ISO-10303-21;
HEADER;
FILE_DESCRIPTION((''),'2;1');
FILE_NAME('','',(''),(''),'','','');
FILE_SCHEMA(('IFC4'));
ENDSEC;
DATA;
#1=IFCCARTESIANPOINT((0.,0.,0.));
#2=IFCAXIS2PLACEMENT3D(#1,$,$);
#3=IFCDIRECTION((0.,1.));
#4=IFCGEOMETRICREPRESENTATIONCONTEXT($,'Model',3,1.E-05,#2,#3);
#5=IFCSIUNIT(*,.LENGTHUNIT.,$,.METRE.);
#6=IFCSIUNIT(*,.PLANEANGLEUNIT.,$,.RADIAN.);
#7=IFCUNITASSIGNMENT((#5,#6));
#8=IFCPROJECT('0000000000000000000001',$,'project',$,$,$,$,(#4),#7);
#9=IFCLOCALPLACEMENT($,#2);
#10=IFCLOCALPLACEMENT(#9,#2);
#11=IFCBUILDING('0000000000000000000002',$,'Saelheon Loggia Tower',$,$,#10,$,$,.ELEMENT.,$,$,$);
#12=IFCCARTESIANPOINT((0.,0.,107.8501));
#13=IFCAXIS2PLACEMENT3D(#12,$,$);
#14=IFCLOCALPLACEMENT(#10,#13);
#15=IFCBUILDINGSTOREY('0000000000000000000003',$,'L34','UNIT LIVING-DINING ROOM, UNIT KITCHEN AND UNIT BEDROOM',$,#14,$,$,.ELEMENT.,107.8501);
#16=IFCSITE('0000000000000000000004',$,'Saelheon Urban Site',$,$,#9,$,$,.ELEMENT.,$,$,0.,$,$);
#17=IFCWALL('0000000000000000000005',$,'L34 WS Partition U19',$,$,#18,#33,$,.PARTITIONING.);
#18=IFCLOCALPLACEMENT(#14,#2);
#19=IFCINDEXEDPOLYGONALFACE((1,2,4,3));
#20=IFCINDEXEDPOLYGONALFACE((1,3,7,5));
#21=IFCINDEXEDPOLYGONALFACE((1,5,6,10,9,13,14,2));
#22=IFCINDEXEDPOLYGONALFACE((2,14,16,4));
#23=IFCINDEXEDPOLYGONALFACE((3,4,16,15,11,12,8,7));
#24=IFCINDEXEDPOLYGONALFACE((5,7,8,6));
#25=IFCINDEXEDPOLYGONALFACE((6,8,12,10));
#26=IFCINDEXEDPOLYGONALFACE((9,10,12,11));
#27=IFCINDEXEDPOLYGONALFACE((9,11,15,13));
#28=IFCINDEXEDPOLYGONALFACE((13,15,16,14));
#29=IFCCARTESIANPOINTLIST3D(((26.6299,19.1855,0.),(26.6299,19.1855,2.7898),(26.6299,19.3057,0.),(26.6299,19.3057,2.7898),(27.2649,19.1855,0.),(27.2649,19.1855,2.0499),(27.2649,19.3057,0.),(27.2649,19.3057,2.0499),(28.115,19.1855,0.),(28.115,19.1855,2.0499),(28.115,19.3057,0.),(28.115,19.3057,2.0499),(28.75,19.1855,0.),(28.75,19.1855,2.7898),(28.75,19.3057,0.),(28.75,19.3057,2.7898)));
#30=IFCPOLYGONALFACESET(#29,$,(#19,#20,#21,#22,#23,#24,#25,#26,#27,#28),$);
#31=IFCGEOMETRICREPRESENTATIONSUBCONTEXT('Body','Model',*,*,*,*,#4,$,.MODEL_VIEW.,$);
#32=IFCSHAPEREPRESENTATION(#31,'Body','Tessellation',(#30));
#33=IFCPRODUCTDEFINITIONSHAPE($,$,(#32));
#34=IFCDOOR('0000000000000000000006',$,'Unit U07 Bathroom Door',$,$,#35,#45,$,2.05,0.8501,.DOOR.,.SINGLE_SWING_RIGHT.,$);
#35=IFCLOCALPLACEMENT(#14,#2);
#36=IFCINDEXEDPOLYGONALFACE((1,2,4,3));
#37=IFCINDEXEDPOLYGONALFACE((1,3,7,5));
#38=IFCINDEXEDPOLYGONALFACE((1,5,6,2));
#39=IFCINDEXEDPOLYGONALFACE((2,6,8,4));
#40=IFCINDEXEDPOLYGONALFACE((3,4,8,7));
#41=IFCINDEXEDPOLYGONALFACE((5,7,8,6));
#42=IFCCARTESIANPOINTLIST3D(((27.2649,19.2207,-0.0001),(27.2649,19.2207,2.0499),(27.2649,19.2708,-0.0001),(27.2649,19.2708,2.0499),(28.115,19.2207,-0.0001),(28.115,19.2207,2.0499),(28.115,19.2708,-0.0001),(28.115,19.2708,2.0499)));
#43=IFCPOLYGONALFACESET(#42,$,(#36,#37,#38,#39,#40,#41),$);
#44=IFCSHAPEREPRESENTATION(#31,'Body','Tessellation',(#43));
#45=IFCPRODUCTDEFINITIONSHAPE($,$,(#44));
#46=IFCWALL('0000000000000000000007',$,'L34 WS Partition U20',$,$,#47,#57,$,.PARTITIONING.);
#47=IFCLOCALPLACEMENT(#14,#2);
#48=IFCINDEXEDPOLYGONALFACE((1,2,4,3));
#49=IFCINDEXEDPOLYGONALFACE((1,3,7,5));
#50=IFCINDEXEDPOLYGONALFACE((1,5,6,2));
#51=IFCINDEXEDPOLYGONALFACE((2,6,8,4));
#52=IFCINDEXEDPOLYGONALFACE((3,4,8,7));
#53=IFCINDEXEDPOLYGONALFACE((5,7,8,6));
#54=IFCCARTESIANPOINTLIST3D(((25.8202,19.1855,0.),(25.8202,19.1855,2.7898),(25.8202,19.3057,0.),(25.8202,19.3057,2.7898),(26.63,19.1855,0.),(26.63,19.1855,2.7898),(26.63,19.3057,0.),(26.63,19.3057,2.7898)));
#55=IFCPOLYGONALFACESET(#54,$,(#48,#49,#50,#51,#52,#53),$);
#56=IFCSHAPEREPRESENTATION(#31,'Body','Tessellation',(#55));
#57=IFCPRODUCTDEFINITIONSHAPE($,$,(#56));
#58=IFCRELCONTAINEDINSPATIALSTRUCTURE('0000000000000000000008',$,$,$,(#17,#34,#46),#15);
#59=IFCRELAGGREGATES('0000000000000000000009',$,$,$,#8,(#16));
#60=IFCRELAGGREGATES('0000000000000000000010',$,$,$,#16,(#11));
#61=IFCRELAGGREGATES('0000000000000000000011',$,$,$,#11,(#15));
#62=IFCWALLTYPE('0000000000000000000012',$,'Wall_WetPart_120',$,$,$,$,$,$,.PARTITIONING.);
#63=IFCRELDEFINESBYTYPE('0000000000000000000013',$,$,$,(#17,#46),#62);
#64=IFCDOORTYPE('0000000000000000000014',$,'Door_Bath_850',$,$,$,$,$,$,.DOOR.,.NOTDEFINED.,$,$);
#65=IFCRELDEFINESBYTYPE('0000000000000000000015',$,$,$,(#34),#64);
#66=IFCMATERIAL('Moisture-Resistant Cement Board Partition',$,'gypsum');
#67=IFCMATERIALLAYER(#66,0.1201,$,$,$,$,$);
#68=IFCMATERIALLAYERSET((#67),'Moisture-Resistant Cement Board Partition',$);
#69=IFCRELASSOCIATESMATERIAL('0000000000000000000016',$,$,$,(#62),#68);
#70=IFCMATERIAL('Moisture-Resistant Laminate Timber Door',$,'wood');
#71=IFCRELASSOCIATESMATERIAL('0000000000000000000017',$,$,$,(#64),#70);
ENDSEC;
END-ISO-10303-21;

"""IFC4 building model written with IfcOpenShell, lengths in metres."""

from ifc_helpers import new_model, si_unit, direction, frame, frame_2d, origin, place, context, subcontext, project, spatial, rectangle, extrude, source, transform, mapped, material, layer, layer_set, type_object, element, fill, save


model = new_model("IFC4")

# Units and contexts
model_context = context("Model", 3, precision=1e-05, world=origin(), true_north=direction((0.0, 1.0)))
body_context = subcontext(model_context, "Body", "Model", "MODEL_VIEW")
ifc_project = project(units=[si_unit("LENGTHUNIT", "METRE"), si_unit("PLANEANGLEUNIT", "RADIAN")], contexts=[model_context])

# Site, building, storey
site_placement = place(None, origin())
site = spatial("IfcSite", under=ifc_project, at=site_placement, Name="Saelheon Urban Site", CompositionType="ELEMENT", RefElevation=0.0)
building_placement = place(site_placement, origin())
building = spatial("IfcBuilding", under=site, at=building_placement, Name="Saelheon Loggia Tower", CompositionType="ELEMENT")
storey_placement = place(building_placement, frame((0.0, 0.0, 107.8501)))
storey = spatial("IfcBuildingStorey", under=building, at=storey_placement, Name="L34", Description="UNIT LIVING-DINING ROOM, UNIT KITCHEN AND UNIT BEDROOM", CompositionType="ELEMENT", Elevation=107.8501)

# Shared definitions
ifc_material_1 = material(Name="Moisture-Resistant Cement Board Partition", Category="gypsum")
ifc_layer_1 = layer(ifc_material_1, 0.1201)
ifc_layer_set_1 = layer_set([ifc_layer_1], Name="Moisture-Resistant Cement Board Partition")
wall_type_1 = type_object("IfcWallType", Name="Wall_WetPart_120", PredefinedType="PARTITIONING", material=ifc_layer_set_1)

# Wall, opening, door
wall_1_placement = place(storey_placement, frame((28.75, 19.2456, 0.0), z_axis=(0.0, 0.0, 1.0), x_axis=(-1.0, 0.0, 0.0)))
wall_1 = element("IfcWall", 1, at=wall_1_placement, inside=storey, type_object=wall_type_1, Name="L34 WS Partition U19", PredefinedType="PARTITIONING", context=body_context, shape_type="SweptSolid", body=[
    extrude(rectangle(XDim=2.1201, YDim=0.1201, at=frame_2d((1.0601, 0.0))), origin(), (0.0, 0.0, 1.0), 2.7898),
])
opening_1_placement = place(wall_1_placement, frame((0.635, 0.0, 0.0)))
opening_1 = element("IfcOpeningElement", 2, at=opening_1_placement, cuts=wall_1, PredefinedType="OPENING", context=body_context, shape_type="SweptSolid", body=[
    extrude(rectangle(XDim=0.8501, YDim=2.05, at=frame_2d((0.425, 1.0249))), frame((0.0, 0.072, 0.0), z_axis=(0.0, -1.0, 0.0), x_axis=(1.0, 0.0, 0.0)), (0.0, 0.0, 1.0), 0.144),
])
ifc_material_2 = material(Name="Moisture-Resistant Laminate Timber Door", Category="wood")
door_type_1 = type_object("IfcDoorType", Name="Door_Bath_850", OperationType="NOTDEFINED", PredefinedType="DOOR", material=ifc_material_2)
shared_shape_1 = source(origin(), body_context, "Body", "SweptSolid", [
    extrude(rectangle(XDim=0.8501, YDim=2.05, at=frame_2d((0.425, 1.0249))), frame((0.0, 0.0249, 0.0), z_axis=(0.0, -1.0, 0.0), x_axis=(1.0, 0.0, 0.0)), (0.0, 0.0, 1.0), 0.05),
])
door_1_placement = place(opening_1_placement, origin())
door_1 = element("IfcDoor", 3, at=door_1_placement, inside=storey, type_object=door_type_1, Name="Unit U07 Bathroom Door", OperationType="SINGLE_SWING_RIGHT", OverallHeight=2.05, OverallWidth=0.8501, PredefinedType="DOOR", context=body_context, shape_type="MappedRepresentation", body=[
    mapped(shared_shape_1, transform((0.0, 0.0, 0.0), scale=1.0)),
])
fill(opening_1, door_1)

# Wall
wall_2_placement = place(storey_placement, frame((26.6299, 19.2456, 0.0), z_axis=(0.0, 0.0, 1.0), x_axis=(-1.0, 0.0, 0.0)))
element("IfcWall", 4, at=wall_2_placement, inside=storey, type_object=wall_type_1, Name="L34 WS Partition U20", PredefinedType="PARTITIONING", context=body_context, shape_type="SweptSolid", body=[
    extrude(rectangle(XDim=0.8098, YDim=0.1201, at=frame_2d((0.4048, 0.0))), origin(), (0.0, 0.0, 1.0), 2.7898),
])

save(model, "model.ifc")
